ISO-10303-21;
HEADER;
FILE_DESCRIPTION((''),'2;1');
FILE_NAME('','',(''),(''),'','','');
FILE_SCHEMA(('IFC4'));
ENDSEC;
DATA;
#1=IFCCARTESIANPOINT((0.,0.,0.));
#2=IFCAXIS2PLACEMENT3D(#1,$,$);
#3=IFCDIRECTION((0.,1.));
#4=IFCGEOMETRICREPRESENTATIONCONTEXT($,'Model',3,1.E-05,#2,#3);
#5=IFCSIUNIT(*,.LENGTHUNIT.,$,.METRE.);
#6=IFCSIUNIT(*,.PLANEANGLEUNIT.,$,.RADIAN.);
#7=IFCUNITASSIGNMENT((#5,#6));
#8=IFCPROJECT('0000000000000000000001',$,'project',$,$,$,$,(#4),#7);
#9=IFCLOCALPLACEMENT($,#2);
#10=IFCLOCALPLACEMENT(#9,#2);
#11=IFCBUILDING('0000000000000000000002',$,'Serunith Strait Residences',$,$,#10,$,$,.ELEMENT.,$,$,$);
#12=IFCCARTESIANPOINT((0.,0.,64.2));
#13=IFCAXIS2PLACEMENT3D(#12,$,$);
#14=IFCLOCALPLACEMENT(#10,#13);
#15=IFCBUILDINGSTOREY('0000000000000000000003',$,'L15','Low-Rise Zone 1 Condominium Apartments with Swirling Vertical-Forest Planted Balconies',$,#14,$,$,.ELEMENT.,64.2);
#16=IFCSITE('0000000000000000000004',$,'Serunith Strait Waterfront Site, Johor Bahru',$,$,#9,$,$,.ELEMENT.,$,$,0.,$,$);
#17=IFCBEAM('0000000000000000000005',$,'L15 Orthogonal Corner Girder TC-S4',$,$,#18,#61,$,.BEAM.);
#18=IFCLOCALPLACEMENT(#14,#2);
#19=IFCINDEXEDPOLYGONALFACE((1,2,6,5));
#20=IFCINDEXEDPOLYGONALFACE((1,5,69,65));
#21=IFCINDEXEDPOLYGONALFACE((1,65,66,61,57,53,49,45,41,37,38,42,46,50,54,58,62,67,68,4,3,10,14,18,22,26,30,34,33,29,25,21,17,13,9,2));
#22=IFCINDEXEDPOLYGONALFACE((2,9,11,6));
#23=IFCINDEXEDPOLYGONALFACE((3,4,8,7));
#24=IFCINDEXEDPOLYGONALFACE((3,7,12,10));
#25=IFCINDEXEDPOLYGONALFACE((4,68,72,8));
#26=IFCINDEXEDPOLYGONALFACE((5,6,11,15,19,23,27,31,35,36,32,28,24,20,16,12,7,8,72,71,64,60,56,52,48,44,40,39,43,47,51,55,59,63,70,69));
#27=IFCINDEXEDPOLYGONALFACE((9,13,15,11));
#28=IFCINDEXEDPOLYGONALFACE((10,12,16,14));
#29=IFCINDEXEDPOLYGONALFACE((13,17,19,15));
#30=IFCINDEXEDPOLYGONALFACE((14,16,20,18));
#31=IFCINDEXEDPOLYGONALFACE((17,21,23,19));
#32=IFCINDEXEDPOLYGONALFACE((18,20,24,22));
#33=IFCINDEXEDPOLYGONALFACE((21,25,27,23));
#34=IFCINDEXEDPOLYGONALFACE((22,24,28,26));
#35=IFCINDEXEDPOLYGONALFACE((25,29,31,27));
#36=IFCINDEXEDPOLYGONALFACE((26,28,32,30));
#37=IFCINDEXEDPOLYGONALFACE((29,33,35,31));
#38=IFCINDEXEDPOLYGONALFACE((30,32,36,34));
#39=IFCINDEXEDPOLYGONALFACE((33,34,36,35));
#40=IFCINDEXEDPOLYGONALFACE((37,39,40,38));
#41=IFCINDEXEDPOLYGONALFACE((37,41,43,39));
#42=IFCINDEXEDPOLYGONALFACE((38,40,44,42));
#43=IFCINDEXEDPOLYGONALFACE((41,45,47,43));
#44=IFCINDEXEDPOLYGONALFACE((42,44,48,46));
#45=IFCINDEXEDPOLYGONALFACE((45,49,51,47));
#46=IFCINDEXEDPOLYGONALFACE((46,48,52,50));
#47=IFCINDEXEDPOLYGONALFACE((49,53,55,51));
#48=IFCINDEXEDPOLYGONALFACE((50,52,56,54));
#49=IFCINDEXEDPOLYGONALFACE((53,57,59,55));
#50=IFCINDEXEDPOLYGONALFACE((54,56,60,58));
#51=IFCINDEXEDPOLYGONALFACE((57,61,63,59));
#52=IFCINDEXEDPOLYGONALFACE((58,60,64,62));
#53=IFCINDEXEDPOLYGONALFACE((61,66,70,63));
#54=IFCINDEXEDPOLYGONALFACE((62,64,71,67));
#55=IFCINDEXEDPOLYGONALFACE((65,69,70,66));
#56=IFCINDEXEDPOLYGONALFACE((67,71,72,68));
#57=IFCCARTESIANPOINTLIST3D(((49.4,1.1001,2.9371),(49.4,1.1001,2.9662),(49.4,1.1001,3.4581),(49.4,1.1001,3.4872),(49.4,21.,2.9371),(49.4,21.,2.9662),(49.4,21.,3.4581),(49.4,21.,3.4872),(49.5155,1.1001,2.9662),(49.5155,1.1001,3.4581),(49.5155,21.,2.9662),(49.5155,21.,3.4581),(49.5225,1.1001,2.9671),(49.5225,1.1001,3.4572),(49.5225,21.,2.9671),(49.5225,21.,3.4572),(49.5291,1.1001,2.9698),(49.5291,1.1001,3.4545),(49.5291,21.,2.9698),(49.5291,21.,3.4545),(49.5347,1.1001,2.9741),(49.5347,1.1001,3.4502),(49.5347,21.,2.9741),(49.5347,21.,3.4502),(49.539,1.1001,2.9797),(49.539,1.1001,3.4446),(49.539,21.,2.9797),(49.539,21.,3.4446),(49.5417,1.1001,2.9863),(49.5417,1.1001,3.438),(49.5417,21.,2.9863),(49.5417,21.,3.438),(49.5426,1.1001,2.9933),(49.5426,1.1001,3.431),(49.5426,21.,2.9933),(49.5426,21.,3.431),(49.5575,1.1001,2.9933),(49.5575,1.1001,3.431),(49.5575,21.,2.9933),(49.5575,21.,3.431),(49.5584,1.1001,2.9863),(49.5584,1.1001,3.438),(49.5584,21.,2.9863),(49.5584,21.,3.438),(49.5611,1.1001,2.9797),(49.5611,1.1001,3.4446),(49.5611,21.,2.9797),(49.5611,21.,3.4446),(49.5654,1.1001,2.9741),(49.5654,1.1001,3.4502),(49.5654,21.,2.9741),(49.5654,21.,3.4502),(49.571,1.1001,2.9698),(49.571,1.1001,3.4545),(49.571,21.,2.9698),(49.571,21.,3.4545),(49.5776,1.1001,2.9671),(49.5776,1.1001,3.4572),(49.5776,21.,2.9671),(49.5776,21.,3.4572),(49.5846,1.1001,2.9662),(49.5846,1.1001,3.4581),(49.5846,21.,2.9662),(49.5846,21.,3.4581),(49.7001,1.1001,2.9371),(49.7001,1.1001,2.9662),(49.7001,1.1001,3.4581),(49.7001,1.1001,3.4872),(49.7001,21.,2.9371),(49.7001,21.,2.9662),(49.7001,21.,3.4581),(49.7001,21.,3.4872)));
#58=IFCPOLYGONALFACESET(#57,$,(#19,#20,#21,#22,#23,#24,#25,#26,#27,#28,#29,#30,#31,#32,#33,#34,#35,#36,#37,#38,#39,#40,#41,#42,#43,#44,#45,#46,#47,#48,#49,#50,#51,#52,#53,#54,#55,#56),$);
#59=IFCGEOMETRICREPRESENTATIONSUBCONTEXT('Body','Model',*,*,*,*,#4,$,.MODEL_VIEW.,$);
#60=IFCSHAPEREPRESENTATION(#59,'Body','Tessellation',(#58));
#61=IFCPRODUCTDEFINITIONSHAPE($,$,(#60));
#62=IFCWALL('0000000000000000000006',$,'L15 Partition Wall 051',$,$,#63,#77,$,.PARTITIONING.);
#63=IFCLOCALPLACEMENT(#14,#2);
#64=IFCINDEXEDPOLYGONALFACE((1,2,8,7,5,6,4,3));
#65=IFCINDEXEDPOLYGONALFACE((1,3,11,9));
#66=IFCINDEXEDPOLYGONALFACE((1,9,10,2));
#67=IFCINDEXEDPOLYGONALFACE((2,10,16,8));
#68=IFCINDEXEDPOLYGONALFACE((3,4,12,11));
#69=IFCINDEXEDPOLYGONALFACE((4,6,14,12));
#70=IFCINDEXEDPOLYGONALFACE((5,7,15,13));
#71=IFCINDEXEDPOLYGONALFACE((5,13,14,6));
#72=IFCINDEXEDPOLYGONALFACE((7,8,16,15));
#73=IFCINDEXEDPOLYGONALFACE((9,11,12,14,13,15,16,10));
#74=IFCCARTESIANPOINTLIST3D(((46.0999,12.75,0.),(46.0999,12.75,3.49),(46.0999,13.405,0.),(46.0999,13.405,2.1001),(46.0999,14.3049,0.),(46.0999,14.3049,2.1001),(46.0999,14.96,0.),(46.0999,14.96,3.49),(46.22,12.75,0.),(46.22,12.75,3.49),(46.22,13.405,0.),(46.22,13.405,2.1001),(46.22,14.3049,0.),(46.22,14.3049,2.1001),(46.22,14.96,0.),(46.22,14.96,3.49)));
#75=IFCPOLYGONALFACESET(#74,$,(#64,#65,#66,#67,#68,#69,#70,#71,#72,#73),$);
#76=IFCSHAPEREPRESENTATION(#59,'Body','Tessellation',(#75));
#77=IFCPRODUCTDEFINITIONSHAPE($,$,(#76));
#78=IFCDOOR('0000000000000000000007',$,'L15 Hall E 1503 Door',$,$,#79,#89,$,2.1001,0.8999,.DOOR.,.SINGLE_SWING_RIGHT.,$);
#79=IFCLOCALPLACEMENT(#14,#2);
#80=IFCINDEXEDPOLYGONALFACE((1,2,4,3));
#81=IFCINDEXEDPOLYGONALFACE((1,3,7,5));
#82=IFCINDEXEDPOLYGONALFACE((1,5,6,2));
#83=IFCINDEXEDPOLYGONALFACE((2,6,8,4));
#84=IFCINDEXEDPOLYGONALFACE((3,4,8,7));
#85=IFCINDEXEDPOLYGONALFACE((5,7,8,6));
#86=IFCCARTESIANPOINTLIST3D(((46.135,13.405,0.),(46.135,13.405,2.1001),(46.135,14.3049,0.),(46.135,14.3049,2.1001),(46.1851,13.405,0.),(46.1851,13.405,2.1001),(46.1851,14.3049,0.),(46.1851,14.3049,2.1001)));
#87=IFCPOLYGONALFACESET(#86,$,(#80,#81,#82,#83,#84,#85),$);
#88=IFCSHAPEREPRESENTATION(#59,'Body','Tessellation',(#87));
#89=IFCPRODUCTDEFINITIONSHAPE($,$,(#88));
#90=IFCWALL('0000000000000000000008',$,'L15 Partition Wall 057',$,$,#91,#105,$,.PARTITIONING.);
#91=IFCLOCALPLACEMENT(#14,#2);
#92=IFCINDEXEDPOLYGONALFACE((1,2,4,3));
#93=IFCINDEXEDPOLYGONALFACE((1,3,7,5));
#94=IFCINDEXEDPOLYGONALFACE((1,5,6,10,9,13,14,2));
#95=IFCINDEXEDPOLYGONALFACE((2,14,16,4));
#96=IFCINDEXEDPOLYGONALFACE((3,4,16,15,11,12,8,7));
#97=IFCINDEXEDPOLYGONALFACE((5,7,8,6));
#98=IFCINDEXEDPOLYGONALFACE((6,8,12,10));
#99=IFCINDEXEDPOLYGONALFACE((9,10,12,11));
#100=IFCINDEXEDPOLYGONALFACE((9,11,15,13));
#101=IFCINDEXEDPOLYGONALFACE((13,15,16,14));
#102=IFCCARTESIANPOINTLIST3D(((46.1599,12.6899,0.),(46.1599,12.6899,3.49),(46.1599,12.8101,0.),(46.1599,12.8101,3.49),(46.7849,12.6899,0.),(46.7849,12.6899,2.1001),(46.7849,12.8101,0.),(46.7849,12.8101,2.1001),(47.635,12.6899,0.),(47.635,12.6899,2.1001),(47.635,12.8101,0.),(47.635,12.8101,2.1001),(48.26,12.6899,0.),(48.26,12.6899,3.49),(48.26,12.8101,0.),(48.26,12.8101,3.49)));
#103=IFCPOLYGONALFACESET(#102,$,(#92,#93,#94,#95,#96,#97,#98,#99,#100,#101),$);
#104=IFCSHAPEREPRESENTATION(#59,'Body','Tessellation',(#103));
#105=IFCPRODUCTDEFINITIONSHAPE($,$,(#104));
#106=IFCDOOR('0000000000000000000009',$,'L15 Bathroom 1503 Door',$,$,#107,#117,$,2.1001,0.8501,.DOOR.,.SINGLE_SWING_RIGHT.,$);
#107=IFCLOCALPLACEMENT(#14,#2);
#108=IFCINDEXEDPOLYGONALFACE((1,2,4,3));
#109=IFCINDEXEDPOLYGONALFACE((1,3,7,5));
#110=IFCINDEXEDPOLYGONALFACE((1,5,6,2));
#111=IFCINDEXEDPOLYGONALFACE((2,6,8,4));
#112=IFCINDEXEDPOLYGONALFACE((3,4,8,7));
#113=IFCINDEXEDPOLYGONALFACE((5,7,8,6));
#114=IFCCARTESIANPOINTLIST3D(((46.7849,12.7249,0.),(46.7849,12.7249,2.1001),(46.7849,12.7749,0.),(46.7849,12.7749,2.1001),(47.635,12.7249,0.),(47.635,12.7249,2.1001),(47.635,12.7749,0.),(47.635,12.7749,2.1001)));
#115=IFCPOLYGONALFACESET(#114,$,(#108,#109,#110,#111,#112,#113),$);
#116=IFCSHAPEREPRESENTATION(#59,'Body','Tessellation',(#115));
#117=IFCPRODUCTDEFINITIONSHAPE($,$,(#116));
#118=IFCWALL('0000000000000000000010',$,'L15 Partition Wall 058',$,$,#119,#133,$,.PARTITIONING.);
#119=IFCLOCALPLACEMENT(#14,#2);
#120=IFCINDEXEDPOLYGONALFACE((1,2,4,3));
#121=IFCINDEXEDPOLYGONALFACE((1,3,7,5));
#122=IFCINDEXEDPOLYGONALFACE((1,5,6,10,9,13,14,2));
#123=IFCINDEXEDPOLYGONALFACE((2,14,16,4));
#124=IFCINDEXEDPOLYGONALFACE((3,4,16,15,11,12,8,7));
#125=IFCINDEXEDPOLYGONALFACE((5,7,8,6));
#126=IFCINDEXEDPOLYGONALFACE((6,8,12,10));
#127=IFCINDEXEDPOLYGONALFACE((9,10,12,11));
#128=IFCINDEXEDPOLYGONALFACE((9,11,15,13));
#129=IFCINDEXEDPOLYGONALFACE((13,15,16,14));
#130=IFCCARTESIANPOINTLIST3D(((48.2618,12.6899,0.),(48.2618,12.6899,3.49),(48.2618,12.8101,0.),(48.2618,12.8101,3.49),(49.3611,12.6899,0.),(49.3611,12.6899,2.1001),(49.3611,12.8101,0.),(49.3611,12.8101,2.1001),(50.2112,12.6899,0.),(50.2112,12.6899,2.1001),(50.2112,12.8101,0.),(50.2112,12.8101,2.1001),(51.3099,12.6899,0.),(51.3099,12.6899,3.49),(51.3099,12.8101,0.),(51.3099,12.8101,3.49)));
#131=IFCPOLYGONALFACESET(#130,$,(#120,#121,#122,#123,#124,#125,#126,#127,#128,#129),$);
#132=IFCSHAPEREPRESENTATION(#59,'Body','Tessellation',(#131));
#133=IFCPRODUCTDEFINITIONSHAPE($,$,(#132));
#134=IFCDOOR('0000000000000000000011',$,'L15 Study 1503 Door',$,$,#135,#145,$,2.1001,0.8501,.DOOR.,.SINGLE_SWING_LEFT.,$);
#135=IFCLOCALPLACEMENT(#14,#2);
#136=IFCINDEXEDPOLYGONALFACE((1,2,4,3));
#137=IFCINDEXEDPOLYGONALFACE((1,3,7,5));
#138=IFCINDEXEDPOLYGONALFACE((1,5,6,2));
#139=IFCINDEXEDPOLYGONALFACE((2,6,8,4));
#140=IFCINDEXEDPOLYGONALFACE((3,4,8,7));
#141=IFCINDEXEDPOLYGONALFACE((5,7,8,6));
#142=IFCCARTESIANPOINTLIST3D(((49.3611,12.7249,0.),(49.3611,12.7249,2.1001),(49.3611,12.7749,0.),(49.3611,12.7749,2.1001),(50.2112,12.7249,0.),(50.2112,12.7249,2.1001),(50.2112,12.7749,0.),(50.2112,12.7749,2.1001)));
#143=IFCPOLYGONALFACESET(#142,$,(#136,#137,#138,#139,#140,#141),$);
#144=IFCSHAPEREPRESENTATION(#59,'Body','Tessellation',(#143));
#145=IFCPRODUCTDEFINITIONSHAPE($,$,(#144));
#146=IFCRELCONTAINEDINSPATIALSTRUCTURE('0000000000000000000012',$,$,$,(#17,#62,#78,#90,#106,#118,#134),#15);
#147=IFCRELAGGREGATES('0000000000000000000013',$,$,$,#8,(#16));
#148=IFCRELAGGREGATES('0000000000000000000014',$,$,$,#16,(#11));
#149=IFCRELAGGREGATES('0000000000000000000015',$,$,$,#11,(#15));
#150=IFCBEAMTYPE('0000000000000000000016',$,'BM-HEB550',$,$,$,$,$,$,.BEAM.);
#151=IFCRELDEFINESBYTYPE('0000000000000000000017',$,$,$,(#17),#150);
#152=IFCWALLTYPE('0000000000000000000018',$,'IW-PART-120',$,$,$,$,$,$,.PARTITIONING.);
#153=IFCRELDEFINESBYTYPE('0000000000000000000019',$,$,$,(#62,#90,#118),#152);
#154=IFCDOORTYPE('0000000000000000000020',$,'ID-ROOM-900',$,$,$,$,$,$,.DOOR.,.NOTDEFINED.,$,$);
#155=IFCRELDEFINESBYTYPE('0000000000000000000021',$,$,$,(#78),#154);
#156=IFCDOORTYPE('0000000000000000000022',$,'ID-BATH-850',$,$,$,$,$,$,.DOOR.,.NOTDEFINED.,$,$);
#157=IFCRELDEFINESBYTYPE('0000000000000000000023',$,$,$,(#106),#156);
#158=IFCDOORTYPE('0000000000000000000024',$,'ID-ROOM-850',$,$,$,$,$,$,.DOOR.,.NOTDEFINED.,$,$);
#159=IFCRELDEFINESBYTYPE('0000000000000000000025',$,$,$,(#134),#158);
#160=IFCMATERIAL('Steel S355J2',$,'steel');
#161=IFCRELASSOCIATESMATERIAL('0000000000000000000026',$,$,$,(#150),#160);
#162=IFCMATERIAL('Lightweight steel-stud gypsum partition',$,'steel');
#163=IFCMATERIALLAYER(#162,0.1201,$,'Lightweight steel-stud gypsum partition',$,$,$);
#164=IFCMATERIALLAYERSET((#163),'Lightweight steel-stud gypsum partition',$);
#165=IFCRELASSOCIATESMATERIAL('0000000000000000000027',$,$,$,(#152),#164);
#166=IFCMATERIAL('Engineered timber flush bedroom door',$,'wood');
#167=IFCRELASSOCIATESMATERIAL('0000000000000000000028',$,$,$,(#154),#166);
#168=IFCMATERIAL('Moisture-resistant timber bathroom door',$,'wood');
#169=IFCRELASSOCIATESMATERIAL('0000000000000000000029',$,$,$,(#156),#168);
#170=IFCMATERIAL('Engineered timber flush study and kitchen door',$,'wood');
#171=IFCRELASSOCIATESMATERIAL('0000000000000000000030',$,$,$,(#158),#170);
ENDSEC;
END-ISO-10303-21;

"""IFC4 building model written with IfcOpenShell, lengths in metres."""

from ifc_helpers import new_model, si_unit, direction, frame, frame_2d, origin, origin_2d, place, context, subcontext, project, spatial, rectangle, i_section, extrude, source, transform, mapped, material, layer, layer_set, material_profile, profile_set, type_object, element, fill, save


model = new_model("IFC4")

# Units and contexts
model_context = context("Model", 3, precision=1e-05, world=origin(), true_north=direction((0.0, 1.0)))
body_context = subcontext(model_context, "Body", "Model", "MODEL_VIEW")
ifc_project = project(units=[si_unit("LENGTHUNIT", "METRE"), si_unit("PLANEANGLEUNIT", "RADIAN")], contexts=[model_context])

# Site, building, storey
site_placement = place(None, origin())
site = spatial("IfcSite", under=ifc_project, at=site_placement, Name="Serunith Strait Waterfront Site, Johor Bahru", CompositionType="ELEMENT", RefElevation=0.0)
building_placement = place(site_placement, origin())
building = spatial("IfcBuilding", under=site, at=building_placement, Name="Serunith Strait Residences", CompositionType="ELEMENT")
storey_placement = place(building_placement, frame((0.0, 0.0, 64.2)))
storey = spatial("IfcBuildingStorey", under=building, at=storey_placement, Name="L15", Description="Low-Rise Zone 1 Condominium Apartments with Swirling Vertical-Forest Planted Balconies", CompositionType="ELEMENT", Elevation=64.2)

# Beam
ifc_material_1 = material(Name="Steel S355J2", Category="steel")
ifc_material_profile = material_profile(ifc_material_1, i_section(OverallWidth=0.3, OverallDepth=0.55, WebThickness=0.0149, FlangeThickness=0.0291, FilletRadius=0.0271, at=origin_2d()), Name="HEB 550")
ifc_profile_set = profile_set([ifc_material_profile], Name="Steel S355J2")
beam_type = type_object("IfcBeamType", Name="BM-HEB550", PredefinedType="BEAM", material=ifc_profile_set)
shared_shape_1 = source(origin(), body_context, "Body", "SweptSolid", [
    extrude(i_section(OverallWidth=0.3, OverallDepth=0.55, WebThickness=0.0149, FlangeThickness=0.0291, FilletRadius=0.0271, at=origin_2d()), origin(), (0.0, 0.0, 1.0), 19.8999),
])
beam_placement = place(storey_placement, frame((49.55, 21.0, 3.2122), z_axis=(0.0, -1.0, 0.0), x_axis=(1.0, 0.0, 0.0)))
element("IfcBeam", 1, at=beam_placement, inside=storey, type_object=beam_type, Name="L15 Orthogonal Corner Girder TC-S4", PredefinedType="BEAM", context=body_context, shape_type="MappedRepresentation", body=[
    mapped(shared_shape_1, transform((0.0, 0.0, 0.0), scale=1.0)),
])

# Walls, openings, doors
ifc_material_2 = material(Name="Lightweight steel-stud gypsum partition", Category="steel")
ifc_layer = layer(ifc_material_2, 0.1201, Name="Lightweight steel-stud gypsum partition")
ifc_layer_set = layer_set([ifc_layer], Name="Lightweight steel-stud gypsum partition")
wall_type = type_object("IfcWallType", Name="IW-PART-120", PredefinedType="PARTITIONING", material=ifc_layer_set)
wall_1_placement = place(storey_placement, frame((46.1599, 12.75, 0.0), z_axis=(0.0, 0.0, 1.0), x_axis=(0.0, 1.0, 0.0)))
wall_1 = element("IfcWall", 2, at=wall_1_placement, inside=storey, type_object=wall_type, Name="L15 Partition Wall 051", PredefinedType="PARTITIONING", context=body_context, shape_type="SweptSolid", body=[
    extrude(rectangle(XDim=2.21, YDim=0.1201, at=frame_2d((1.105, 0.0))), origin(), (0.0, 0.0, 1.0), 3.49),
])
opening_1_placement = place(wall_1_placement, frame((0.655, 0.0, 0.0)))
opening_1 = element("IfcOpeningElement", 3, at=opening_1_placement, cuts=wall_1, PredefinedType="OPENING", context=body_context, shape_type="SweptSolid", body=[
    extrude(rectangle(XDim=0.8999, YDim=2.1001, at=frame_2d((0.45, 1.05))), frame((0.0, 0.0701, 0.0), z_axis=(0.0, -1.0, 0.0), x_axis=(1.0, 0.0, 0.0)), (0.0, 0.0, 1.0), 0.1401),
])
ifc_material_3 = material(Name="Engineered timber flush bedroom door", Category="wood")
door_type_1 = type_object("IfcDoorType", Name="ID-ROOM-900", OperationType="NOTDEFINED", PredefinedType="DOOR", material=ifc_material_3)
shared_shape_2 = source(origin(), body_context, "Body", "SweptSolid", [
    extrude(rectangle(XDim=0.8999, YDim=2.1001, at=frame_2d((0.45, 1.05))), frame((0.0, 0.0249, 0.0), z_axis=(0.0, -1.0, 0.0), x_axis=(1.0, 0.0, 0.0)), (0.0, 0.0, 1.0), 0.05),
])
door_1_placement = place(opening_1_placement, origin())
door_1 = element("IfcDoor", 4, at=door_1_placement, inside=storey, type_object=door_type_1, Name="L15 Hall E 1503 Door", OperationType="SINGLE_SWING_RIGHT", OverallHeight=2.1001, OverallWidth=0.8999, PredefinedType="DOOR", context=body_context, shape_type="MappedRepresentation", body=[
    mapped(shared_shape_2, transform((0.0, 0.0, 0.0), scale=1.0)),
])
fill(opening_1, door_1)
wall_2_placement = place(storey_placement, frame((46.1599, 12.75, 0.0), z_axis=(0.0, 0.0, 1.0), x_axis=(1.0, 0.0, 0.0)))
wall_2 = element("IfcWall", 5, at=wall_2_placement, inside=storey, type_object=wall_type, Name="L15 Partition Wall 057", PredefinedType="PARTITIONING", context=body_context, shape_type="SweptSolid", body=[
    extrude(rectangle(XDim=2.1001, YDim=0.1201, at=frame_2d((1.05, 0.0))), origin(), (0.0, 0.0, 1.0), 3.49),
])
opening_2_placement = place(wall_2_placement, frame((0.625, 0.0, 0.0)))
opening_2 = element("IfcOpeningElement", 6, at=opening_2_placement, cuts=wall_2, PredefinedType="OPENING", context=body_context, shape_type="SweptSolid", body=[
    extrude(rectangle(XDim=0.8501, YDim=2.1001, at=frame_2d((0.425, 1.05))), frame((0.0, 0.0701, 0.0), z_axis=(0.0, -1.0, 0.0), x_axis=(1.0, 0.0, 0.0)), (0.0, 0.0, 1.0), 0.1401),
])
ifc_material_4 = material(Name="Moisture-resistant timber bathroom door", Category="wood")
door_type_2 = type_object("IfcDoorType", Name="ID-BATH-850", OperationType="NOTDEFINED", PredefinedType="DOOR", material=ifc_material_4)
shared_shape_3 = source(origin(), body_context, "Body", "SweptSolid", [
    extrude(rectangle(XDim=0.8501, YDim=2.1001, at=frame_2d((0.425, 1.05))), frame((0.0, 0.0249, 0.0), z_axis=(0.0, -1.0, 0.0), x_axis=(1.0, 0.0, 0.0)), (0.0, 0.0, 1.0), 0.05),
])
door_2_placement = place(opening_2_placement, origin())
door_2 = element("IfcDoor", 7, at=door_2_placement, inside=storey, type_object=door_type_2, Name="L15 Bathroom 1503 Door", OperationType="SINGLE_SWING_RIGHT", OverallHeight=2.1001, OverallWidth=0.8501, PredefinedType="DOOR", context=body_context, shape_type="MappedRepresentation", body=[
    mapped(shared_shape_3, transform((0.0, 0.0, 0.0), scale=1.0)),
])
fill(opening_2, door_2)
wall_3_placement = place(storey_placement, frame((48.262, 12.75, 0.0), z_axis=(0.0, 0.0, 1.0), x_axis=(1.0, 0.0, 0.0)))
wall_3 = element("IfcWall", 8, at=wall_3_placement, inside=storey, type_object=wall_type, Name="L15 Partition Wall 058", PredefinedType="PARTITIONING", context=body_context, shape_type="SweptSolid", body=[
    extrude(rectangle(XDim=3.0481, YDim=0.1201, at=frame_2d((1.5239, 0.0))), origin(), (0.0, 0.0, 1.0), 3.49),
])
opening_3_placement = place(wall_3_placement, frame((1.0991, 0.0, 0.0)))
opening_3 = element("IfcOpeningElement", 9, at=opening_3_placement, cuts=wall_3, PredefinedType="OPENING", context=body_context, shape_type="SweptSolid", body=[
    extrude(rectangle(XDim=0.8501, YDim=2.1001, at=frame_2d((0.425, 1.05))), frame((0.0, 0.0701, 0.0), z_axis=(0.0, -1.0, 0.0), x_axis=(1.0, 0.0, 0.0)), (0.0, 0.0, 1.0), 0.1401),
])
ifc_material_5 = material(Name="Engineered timber flush study and kitchen door", Category="wood")
door_type_3 = type_object("IfcDoorType", Name="ID-ROOM-850", OperationType="NOTDEFINED", PredefinedType="DOOR", material=ifc_material_5)
door_3_placement = place(opening_3_placement, origin())
door_3 = element("IfcDoor", 10, at=door_3_placement, inside=storey, type_object=door_type_3, Name="L15 Study 1503 Door", OperationType="SINGLE_SWING_LEFT", OverallHeight=2.1001, OverallWidth=0.8501, PredefinedType="DOOR", context=body_context, shape_type="MappedRepresentation", body=[
    mapped(shared_shape_3, transform((0.0, 0.0, 0.0), scale=1.0)),
])
fill(opening_3, door_3)

save(model, "model.ifc")
